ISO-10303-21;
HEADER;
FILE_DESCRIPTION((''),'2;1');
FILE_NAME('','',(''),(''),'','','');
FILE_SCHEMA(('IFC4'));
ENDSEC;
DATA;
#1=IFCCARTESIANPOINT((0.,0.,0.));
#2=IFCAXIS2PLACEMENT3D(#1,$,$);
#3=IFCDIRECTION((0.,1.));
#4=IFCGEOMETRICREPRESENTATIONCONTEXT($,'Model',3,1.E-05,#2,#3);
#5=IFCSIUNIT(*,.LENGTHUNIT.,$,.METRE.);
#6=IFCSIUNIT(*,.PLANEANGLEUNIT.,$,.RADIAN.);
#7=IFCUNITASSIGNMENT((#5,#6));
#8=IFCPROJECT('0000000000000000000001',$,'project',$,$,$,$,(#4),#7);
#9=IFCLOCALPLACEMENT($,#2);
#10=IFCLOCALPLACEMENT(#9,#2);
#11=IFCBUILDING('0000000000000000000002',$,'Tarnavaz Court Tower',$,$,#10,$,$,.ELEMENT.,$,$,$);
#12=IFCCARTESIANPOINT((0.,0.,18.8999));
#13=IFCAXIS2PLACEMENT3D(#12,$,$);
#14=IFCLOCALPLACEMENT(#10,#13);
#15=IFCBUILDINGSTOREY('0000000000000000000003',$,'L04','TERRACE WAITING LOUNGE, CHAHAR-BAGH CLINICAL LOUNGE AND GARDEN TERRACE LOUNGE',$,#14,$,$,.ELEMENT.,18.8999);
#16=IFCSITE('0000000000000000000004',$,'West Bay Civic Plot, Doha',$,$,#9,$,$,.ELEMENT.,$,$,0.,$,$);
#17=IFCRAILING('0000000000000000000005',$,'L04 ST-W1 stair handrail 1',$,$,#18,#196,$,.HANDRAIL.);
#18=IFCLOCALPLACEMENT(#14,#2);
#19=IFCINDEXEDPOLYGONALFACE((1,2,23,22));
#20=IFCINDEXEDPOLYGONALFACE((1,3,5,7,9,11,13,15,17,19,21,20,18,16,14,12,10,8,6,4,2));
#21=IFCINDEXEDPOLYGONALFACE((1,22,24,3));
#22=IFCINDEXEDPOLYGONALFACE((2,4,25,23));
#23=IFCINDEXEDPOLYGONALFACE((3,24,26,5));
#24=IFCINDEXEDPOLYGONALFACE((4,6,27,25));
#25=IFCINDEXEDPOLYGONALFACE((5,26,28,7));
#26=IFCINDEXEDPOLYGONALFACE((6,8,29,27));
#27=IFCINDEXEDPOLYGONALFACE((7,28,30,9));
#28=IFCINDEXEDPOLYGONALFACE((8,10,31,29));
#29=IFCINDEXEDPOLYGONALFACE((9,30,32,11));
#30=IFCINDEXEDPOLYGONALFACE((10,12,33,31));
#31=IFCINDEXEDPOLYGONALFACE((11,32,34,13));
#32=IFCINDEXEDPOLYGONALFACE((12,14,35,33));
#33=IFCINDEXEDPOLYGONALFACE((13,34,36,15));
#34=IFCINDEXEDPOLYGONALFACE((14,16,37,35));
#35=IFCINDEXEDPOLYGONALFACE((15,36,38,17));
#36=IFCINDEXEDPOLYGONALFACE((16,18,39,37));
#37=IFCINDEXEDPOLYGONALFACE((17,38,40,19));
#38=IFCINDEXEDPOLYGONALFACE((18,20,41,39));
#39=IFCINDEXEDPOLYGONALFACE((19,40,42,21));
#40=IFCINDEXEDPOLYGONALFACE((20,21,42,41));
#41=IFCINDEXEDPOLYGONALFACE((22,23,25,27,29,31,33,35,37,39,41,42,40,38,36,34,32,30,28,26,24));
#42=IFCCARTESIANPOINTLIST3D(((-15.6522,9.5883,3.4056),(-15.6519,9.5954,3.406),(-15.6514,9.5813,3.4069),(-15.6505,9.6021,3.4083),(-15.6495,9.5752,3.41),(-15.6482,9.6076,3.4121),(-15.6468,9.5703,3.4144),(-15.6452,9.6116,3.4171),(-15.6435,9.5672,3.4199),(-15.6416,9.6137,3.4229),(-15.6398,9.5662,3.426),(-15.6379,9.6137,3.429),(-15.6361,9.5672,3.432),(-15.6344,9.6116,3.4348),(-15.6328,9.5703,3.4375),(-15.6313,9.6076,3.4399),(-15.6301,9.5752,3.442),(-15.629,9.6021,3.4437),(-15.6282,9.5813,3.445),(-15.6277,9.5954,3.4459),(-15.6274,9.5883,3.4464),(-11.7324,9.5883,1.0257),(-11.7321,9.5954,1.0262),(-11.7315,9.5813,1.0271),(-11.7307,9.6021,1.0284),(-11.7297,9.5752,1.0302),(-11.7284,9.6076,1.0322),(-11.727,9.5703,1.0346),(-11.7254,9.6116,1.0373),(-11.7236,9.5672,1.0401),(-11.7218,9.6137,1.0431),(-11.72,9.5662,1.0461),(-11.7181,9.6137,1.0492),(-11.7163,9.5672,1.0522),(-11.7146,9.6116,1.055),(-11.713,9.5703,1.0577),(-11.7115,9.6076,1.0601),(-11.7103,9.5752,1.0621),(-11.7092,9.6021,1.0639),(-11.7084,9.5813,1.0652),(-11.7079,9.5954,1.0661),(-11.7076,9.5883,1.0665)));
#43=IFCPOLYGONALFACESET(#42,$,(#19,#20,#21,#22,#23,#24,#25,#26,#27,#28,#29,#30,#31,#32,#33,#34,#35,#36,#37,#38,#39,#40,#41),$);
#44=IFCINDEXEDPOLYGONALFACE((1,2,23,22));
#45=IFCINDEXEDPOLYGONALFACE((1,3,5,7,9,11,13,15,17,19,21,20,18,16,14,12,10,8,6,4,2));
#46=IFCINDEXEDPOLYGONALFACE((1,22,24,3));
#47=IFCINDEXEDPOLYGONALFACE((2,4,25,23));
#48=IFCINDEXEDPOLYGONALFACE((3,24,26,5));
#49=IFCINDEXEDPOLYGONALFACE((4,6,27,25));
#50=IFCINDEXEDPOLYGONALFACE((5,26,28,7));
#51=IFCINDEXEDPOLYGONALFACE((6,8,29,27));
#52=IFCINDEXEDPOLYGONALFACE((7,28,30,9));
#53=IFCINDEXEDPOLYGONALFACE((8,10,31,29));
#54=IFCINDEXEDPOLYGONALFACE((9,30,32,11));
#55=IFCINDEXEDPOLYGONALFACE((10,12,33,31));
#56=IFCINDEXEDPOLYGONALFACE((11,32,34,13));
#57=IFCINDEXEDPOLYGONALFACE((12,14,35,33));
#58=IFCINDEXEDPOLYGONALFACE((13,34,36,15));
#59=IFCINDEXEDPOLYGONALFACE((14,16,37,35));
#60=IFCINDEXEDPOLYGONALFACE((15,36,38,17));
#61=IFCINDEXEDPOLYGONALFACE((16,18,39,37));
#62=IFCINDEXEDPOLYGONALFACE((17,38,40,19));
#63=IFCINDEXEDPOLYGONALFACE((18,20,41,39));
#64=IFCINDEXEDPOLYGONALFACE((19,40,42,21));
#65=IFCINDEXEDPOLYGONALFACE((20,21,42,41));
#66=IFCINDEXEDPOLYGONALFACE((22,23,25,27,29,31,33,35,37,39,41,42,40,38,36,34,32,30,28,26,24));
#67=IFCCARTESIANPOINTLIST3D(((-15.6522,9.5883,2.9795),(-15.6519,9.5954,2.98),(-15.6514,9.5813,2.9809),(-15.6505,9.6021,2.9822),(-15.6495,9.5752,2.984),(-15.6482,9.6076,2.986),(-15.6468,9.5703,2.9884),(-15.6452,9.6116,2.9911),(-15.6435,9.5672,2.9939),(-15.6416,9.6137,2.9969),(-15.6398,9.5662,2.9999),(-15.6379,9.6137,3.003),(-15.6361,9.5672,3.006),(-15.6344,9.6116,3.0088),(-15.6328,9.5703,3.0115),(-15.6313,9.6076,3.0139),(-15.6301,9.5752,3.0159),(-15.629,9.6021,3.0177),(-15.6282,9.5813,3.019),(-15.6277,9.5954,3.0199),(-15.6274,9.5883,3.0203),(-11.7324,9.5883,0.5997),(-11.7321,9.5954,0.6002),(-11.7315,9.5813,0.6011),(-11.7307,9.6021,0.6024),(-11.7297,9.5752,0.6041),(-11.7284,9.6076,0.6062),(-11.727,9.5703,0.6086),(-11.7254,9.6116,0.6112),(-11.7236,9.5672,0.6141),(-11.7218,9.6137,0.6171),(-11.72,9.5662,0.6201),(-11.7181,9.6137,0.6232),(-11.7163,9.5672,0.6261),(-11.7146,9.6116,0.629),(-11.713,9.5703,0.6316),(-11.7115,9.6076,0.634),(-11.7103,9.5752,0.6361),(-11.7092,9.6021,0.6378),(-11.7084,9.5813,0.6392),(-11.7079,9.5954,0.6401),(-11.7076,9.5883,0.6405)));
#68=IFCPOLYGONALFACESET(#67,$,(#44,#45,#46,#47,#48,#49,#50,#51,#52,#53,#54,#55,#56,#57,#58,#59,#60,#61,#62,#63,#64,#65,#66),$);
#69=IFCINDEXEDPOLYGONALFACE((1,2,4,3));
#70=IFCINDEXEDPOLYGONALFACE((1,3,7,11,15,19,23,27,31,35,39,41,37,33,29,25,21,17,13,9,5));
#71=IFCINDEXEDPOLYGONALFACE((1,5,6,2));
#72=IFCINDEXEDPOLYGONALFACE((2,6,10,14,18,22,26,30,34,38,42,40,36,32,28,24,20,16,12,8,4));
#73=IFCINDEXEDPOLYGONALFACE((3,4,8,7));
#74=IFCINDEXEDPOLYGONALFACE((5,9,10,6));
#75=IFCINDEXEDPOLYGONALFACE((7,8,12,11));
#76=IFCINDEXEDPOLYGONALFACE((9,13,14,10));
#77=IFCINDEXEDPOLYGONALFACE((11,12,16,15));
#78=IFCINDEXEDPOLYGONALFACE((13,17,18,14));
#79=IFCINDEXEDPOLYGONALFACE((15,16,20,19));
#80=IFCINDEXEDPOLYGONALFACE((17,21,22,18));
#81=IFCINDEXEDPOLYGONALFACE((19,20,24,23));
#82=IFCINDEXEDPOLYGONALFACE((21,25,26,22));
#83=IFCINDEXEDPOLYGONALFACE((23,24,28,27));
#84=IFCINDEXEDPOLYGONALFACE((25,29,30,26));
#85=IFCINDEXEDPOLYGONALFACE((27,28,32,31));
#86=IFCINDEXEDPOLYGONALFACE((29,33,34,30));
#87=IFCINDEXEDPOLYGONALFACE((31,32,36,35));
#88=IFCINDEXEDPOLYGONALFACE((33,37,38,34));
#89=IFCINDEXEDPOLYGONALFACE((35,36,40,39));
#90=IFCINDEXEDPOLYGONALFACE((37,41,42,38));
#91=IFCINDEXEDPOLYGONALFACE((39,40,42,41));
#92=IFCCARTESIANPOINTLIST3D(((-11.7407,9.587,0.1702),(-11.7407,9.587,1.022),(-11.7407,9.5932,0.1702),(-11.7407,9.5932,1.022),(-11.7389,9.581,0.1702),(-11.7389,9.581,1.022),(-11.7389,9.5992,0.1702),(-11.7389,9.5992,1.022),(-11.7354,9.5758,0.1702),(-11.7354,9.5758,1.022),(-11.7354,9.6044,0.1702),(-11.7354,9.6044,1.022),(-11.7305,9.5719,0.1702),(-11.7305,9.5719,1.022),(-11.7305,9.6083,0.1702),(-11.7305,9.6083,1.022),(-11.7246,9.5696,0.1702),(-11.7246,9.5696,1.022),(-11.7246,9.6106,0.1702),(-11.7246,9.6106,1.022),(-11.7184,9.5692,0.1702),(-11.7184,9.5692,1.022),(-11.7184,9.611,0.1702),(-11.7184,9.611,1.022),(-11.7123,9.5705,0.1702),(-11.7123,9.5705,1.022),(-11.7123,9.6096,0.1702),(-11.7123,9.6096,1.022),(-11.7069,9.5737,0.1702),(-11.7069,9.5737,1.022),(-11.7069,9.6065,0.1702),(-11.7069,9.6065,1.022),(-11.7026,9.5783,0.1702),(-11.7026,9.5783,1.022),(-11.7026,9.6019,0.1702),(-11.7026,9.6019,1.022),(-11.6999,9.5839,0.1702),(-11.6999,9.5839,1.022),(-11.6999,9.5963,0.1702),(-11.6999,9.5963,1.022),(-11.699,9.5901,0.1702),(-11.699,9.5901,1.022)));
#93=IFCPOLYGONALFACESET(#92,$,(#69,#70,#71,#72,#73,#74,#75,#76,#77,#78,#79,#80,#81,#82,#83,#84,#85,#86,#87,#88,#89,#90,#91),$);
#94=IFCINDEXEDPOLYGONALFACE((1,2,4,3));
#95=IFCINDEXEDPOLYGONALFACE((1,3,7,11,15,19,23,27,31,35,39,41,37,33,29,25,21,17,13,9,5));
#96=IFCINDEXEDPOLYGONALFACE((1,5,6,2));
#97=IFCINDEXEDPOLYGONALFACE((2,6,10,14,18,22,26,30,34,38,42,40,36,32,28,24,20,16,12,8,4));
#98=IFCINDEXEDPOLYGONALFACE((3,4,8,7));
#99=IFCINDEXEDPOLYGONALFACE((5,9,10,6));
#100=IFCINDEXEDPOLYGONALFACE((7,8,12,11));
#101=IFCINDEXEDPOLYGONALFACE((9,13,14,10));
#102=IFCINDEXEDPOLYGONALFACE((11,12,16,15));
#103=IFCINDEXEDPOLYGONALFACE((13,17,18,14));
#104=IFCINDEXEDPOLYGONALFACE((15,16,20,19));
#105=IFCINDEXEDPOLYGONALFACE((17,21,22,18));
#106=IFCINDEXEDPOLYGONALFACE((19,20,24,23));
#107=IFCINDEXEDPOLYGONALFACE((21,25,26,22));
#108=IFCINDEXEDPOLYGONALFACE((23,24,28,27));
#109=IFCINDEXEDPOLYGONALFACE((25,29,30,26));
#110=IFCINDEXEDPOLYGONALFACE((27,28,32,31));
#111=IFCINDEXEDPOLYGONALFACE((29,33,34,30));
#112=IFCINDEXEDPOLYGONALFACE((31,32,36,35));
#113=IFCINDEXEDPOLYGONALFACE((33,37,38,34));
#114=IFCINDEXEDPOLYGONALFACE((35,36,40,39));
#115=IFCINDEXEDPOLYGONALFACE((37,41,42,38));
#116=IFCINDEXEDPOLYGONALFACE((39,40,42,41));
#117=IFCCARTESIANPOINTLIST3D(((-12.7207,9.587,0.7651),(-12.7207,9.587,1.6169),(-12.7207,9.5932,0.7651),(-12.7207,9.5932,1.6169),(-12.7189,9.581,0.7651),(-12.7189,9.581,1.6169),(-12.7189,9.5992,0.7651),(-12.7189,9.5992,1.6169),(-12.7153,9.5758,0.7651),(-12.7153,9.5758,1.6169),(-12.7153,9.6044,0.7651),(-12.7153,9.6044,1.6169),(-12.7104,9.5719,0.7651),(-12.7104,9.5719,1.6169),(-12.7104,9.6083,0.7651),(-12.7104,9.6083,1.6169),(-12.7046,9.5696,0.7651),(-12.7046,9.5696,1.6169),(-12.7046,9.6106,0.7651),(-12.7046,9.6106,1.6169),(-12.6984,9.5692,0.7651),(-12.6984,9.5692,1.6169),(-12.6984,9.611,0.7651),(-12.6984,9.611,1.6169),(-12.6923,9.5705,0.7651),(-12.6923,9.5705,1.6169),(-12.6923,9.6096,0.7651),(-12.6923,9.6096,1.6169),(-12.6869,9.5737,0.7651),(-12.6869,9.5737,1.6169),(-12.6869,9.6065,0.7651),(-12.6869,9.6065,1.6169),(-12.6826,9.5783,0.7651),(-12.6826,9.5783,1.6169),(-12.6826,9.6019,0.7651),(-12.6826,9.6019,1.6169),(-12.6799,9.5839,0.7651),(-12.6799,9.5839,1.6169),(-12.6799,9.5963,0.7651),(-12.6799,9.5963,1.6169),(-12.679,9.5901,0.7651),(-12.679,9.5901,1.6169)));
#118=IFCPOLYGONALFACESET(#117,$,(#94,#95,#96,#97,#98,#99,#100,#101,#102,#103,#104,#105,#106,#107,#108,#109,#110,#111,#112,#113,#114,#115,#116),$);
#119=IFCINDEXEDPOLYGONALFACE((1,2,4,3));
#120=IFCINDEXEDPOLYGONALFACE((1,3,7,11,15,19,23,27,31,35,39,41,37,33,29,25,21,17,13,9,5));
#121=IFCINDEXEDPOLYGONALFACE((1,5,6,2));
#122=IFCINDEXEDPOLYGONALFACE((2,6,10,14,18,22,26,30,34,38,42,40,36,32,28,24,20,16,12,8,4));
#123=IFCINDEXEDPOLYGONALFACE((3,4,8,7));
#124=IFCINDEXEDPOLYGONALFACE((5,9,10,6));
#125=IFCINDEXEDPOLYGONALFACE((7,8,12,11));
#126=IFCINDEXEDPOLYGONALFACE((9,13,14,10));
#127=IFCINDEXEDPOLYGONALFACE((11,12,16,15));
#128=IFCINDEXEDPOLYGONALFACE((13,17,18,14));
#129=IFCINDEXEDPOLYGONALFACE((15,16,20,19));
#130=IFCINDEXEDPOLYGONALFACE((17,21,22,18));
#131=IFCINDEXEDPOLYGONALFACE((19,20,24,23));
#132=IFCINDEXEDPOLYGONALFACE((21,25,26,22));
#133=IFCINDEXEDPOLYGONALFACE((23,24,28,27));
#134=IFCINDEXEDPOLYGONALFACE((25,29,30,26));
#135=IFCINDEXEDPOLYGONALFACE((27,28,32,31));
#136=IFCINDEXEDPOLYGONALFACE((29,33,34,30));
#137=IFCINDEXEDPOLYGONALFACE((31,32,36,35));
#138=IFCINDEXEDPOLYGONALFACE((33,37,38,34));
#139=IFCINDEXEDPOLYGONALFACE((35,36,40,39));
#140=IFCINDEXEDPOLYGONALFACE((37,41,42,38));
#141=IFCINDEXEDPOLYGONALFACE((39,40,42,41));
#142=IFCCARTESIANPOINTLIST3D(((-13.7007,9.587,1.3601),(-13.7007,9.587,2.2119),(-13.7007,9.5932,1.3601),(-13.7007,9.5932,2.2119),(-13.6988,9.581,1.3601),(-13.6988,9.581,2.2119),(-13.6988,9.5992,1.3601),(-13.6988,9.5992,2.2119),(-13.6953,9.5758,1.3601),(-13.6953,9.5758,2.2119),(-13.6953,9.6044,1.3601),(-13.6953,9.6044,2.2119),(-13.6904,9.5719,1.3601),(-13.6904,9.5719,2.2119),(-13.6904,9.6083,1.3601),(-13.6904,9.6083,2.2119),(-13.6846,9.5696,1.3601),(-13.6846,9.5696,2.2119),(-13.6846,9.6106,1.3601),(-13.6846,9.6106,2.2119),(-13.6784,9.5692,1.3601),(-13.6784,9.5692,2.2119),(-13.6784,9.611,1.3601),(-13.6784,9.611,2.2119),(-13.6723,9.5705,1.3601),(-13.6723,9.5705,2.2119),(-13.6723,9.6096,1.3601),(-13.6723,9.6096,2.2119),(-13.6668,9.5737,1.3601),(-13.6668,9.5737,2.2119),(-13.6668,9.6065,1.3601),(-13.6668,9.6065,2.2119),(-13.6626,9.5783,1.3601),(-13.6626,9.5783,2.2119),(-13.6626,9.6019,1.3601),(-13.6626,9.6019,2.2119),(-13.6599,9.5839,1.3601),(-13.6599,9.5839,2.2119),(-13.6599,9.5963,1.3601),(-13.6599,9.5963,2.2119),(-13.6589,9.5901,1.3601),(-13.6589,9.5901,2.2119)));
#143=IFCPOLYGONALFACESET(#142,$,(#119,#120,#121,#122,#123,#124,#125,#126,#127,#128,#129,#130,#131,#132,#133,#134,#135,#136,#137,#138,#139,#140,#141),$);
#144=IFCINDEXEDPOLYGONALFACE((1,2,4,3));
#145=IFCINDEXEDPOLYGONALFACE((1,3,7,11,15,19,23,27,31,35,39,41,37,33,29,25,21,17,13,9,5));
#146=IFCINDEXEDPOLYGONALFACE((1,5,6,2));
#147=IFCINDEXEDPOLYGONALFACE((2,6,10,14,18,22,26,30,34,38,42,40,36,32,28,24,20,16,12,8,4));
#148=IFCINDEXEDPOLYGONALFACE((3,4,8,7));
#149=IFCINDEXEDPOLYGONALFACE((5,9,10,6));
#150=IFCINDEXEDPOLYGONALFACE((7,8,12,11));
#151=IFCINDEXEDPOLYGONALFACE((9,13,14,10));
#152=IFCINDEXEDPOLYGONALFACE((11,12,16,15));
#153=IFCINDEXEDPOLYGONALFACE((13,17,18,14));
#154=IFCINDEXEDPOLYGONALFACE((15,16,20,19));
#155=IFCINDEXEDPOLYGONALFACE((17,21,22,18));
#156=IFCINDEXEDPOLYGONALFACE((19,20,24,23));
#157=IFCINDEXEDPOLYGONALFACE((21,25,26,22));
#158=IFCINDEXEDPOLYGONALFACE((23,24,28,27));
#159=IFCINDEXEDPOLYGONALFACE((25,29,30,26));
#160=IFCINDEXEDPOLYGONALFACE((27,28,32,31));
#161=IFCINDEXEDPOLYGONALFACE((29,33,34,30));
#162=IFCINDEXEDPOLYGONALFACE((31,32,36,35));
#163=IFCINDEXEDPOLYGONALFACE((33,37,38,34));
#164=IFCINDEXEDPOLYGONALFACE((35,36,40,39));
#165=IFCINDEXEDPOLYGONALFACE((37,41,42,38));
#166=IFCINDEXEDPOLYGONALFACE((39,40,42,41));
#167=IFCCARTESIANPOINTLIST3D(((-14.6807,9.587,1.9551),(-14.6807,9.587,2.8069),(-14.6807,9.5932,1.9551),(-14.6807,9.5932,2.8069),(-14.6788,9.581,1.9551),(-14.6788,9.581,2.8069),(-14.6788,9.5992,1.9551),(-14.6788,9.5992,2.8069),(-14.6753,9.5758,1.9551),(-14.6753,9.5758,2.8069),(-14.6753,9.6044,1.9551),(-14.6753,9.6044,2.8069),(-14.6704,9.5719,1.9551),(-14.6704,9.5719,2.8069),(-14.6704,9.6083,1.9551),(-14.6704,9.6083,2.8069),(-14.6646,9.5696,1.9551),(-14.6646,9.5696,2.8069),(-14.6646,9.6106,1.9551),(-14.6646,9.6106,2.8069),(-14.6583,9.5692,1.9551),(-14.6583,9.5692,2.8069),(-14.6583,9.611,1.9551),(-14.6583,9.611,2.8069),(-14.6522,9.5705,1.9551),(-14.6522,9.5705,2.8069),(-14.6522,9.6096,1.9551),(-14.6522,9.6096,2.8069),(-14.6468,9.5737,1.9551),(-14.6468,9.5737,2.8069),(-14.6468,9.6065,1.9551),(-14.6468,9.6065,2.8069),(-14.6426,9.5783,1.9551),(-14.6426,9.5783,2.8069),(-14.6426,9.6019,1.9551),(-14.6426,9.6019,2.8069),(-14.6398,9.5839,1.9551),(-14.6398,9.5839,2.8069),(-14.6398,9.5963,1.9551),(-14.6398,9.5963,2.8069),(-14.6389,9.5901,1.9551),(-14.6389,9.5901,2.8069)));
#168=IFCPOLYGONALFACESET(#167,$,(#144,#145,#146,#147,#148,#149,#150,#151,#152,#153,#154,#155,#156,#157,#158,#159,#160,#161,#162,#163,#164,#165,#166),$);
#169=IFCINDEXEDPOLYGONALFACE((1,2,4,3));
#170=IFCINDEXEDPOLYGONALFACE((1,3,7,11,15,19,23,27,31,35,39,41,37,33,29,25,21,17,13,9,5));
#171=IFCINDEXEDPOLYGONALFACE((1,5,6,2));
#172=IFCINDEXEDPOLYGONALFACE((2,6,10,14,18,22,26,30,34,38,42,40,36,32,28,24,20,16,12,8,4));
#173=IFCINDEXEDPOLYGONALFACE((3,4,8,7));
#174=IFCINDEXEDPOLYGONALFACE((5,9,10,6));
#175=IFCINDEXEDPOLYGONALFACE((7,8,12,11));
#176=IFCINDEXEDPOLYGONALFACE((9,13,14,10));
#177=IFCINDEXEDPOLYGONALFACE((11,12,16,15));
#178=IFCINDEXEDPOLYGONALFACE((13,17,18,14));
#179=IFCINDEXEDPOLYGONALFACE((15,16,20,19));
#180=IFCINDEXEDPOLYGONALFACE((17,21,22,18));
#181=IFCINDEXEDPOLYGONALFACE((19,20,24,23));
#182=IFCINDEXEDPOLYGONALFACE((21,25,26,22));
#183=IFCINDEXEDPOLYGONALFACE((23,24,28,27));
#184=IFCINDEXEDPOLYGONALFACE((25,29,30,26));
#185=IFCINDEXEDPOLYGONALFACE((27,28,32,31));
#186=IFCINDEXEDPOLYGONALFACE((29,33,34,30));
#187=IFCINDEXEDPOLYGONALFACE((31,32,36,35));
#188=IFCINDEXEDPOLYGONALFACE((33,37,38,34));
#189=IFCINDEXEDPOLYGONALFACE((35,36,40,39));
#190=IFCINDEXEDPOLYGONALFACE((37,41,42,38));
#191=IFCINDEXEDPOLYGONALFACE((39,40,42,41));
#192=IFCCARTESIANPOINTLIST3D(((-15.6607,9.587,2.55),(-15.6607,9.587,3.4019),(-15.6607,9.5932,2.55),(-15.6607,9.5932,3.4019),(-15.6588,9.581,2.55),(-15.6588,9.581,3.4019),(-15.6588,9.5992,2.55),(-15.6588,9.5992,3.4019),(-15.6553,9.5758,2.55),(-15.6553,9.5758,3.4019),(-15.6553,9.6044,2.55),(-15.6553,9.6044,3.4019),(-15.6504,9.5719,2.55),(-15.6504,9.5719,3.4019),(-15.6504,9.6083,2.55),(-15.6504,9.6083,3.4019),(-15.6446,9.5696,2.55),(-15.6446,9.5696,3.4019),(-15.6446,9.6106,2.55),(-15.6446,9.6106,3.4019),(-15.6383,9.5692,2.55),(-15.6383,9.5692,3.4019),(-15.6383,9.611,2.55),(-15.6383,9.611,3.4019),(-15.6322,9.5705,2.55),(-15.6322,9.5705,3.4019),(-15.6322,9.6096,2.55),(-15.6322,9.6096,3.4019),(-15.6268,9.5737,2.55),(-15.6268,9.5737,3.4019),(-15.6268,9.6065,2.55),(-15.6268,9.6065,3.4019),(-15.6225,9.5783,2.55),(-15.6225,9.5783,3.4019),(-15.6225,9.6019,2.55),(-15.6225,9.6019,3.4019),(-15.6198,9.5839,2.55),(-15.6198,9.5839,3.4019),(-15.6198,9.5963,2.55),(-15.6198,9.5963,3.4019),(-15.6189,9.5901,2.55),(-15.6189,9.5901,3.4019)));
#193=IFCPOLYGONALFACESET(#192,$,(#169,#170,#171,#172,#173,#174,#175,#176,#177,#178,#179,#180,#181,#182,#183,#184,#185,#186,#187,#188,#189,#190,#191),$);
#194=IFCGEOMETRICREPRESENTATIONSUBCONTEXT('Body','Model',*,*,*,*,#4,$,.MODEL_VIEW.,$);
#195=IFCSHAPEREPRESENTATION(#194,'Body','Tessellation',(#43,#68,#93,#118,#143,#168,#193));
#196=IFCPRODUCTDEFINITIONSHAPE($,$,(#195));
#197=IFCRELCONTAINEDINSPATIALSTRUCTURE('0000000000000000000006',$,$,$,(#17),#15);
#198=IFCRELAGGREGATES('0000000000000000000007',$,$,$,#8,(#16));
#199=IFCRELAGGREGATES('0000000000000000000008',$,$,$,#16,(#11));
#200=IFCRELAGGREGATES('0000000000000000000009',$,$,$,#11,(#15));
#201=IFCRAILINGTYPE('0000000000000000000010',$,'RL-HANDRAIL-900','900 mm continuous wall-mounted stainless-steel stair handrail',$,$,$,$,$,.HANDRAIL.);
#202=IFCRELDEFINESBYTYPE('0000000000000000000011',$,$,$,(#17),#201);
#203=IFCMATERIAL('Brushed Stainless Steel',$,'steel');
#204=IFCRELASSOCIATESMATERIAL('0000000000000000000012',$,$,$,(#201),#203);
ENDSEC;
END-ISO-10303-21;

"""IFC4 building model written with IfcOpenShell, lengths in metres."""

from ifc_helpers import new_model, si_unit, direction, frame, origin, origin_2d, place, context, subcontext, project, spatial, circle, extrude, material, type_object, element, save


model = new_model("IFC4")

# Units and contexts
model_context = context("Model", 3, precision=1e-05, world=origin(), true_north=direction((0.0, 1.0)))
body_context = subcontext(model_context, "Body", "Model", "MODEL_VIEW")
ifc_project = project(units=[si_unit("LENGTHUNIT", "METRE"), si_unit("PLANEANGLEUNIT", "RADIAN")], contexts=[model_context])

# Site, building, storey
site_placement = place(None, origin())
site = spatial("IfcSite", under=ifc_project, at=site_placement, Name="West Bay Civic Plot, Doha", CompositionType="ELEMENT", RefElevation=0.0)
building_placement = place(site_placement, origin())
building = spatial("IfcBuilding", under=site, at=building_placement, Name="Tarnavaz Court Tower", CompositionType="ELEMENT")
storey_placement = place(building_placement, frame((0.0, 0.0, 18.8999)))
storey = spatial("IfcBuildingStorey", under=building, at=storey_placement, Name="L04", Description="TERRACE WAITING LOUNGE, CHAHAR-BAGH CLINICAL LOUNGE AND GARDEN TERRACE LOUNGE", CompositionType="ELEMENT", Elevation=18.8999)

# Railing
ifc_material_1 = material(Name="Brushed Stainless Steel", Category="steel")
railing_type_1 = type_object("IfcRailingType", Name="RL-HANDRAIL-900", Description="900 mm continuous wall-mounted stainless-steel stair handrail", PredefinedType="HANDRAIL", material=ifc_material_1)
railing_1_placement = place(storey_placement, frame((-11.72, 9.5901, 0.1702)))
element("IfcRailing", 1, at=railing_1_placement, inside=storey, type_object=railing_type_1, Name="L04 ST-W1 stair handrail 1", PredefinedType="HANDRAIL", context=body_context, shape_type="SweptSolid", body=[
    extrude(circle(Radius=0.0239, at=origin_2d()), frame((0.0, 0.0, 0.876), z_axis=(-0.854794, 0.0, 0.518967), x_axis=(0.0, -1.0, 0.0)), (0.0, 0.0, 1.0), 4.5857),
    extrude(circle(Radius=0.0239, at=origin_2d()), frame((0.0, 0.0, 0.45), z_axis=(-0.854794, 0.0, 0.518967), x_axis=(0.0, -1.0, 0.0)), (0.0, 0.0, 1.0), 4.5857),
    extrude(circle(Radius=0.021, at=origin_2d()), origin(), (0.0, 0.0, 1.0), 0.8518),
    extrude(circle(Radius=0.021, at=origin_2d()), frame((-0.98, 0.0, 0.595)), (0.0, 0.0, 1.0), 0.8518),
    extrude(circle(Radius=0.021, at=origin_2d()), frame((-1.96, 0.0, 1.1899)), (0.0, 0.0, 1.0), 0.8518),
    extrude(circle(Radius=0.021, at=origin_2d()), frame((-2.9399, 0.0, 1.7849)), (0.0, 0.0, 1.0), 0.8518),
    extrude(circle(Radius=0.021, at=origin_2d()), frame((-3.9199, 0.0, 2.3799)), (0.0, 0.0, 1.0), 0.8518),
])

save(model, "model.ifc")
